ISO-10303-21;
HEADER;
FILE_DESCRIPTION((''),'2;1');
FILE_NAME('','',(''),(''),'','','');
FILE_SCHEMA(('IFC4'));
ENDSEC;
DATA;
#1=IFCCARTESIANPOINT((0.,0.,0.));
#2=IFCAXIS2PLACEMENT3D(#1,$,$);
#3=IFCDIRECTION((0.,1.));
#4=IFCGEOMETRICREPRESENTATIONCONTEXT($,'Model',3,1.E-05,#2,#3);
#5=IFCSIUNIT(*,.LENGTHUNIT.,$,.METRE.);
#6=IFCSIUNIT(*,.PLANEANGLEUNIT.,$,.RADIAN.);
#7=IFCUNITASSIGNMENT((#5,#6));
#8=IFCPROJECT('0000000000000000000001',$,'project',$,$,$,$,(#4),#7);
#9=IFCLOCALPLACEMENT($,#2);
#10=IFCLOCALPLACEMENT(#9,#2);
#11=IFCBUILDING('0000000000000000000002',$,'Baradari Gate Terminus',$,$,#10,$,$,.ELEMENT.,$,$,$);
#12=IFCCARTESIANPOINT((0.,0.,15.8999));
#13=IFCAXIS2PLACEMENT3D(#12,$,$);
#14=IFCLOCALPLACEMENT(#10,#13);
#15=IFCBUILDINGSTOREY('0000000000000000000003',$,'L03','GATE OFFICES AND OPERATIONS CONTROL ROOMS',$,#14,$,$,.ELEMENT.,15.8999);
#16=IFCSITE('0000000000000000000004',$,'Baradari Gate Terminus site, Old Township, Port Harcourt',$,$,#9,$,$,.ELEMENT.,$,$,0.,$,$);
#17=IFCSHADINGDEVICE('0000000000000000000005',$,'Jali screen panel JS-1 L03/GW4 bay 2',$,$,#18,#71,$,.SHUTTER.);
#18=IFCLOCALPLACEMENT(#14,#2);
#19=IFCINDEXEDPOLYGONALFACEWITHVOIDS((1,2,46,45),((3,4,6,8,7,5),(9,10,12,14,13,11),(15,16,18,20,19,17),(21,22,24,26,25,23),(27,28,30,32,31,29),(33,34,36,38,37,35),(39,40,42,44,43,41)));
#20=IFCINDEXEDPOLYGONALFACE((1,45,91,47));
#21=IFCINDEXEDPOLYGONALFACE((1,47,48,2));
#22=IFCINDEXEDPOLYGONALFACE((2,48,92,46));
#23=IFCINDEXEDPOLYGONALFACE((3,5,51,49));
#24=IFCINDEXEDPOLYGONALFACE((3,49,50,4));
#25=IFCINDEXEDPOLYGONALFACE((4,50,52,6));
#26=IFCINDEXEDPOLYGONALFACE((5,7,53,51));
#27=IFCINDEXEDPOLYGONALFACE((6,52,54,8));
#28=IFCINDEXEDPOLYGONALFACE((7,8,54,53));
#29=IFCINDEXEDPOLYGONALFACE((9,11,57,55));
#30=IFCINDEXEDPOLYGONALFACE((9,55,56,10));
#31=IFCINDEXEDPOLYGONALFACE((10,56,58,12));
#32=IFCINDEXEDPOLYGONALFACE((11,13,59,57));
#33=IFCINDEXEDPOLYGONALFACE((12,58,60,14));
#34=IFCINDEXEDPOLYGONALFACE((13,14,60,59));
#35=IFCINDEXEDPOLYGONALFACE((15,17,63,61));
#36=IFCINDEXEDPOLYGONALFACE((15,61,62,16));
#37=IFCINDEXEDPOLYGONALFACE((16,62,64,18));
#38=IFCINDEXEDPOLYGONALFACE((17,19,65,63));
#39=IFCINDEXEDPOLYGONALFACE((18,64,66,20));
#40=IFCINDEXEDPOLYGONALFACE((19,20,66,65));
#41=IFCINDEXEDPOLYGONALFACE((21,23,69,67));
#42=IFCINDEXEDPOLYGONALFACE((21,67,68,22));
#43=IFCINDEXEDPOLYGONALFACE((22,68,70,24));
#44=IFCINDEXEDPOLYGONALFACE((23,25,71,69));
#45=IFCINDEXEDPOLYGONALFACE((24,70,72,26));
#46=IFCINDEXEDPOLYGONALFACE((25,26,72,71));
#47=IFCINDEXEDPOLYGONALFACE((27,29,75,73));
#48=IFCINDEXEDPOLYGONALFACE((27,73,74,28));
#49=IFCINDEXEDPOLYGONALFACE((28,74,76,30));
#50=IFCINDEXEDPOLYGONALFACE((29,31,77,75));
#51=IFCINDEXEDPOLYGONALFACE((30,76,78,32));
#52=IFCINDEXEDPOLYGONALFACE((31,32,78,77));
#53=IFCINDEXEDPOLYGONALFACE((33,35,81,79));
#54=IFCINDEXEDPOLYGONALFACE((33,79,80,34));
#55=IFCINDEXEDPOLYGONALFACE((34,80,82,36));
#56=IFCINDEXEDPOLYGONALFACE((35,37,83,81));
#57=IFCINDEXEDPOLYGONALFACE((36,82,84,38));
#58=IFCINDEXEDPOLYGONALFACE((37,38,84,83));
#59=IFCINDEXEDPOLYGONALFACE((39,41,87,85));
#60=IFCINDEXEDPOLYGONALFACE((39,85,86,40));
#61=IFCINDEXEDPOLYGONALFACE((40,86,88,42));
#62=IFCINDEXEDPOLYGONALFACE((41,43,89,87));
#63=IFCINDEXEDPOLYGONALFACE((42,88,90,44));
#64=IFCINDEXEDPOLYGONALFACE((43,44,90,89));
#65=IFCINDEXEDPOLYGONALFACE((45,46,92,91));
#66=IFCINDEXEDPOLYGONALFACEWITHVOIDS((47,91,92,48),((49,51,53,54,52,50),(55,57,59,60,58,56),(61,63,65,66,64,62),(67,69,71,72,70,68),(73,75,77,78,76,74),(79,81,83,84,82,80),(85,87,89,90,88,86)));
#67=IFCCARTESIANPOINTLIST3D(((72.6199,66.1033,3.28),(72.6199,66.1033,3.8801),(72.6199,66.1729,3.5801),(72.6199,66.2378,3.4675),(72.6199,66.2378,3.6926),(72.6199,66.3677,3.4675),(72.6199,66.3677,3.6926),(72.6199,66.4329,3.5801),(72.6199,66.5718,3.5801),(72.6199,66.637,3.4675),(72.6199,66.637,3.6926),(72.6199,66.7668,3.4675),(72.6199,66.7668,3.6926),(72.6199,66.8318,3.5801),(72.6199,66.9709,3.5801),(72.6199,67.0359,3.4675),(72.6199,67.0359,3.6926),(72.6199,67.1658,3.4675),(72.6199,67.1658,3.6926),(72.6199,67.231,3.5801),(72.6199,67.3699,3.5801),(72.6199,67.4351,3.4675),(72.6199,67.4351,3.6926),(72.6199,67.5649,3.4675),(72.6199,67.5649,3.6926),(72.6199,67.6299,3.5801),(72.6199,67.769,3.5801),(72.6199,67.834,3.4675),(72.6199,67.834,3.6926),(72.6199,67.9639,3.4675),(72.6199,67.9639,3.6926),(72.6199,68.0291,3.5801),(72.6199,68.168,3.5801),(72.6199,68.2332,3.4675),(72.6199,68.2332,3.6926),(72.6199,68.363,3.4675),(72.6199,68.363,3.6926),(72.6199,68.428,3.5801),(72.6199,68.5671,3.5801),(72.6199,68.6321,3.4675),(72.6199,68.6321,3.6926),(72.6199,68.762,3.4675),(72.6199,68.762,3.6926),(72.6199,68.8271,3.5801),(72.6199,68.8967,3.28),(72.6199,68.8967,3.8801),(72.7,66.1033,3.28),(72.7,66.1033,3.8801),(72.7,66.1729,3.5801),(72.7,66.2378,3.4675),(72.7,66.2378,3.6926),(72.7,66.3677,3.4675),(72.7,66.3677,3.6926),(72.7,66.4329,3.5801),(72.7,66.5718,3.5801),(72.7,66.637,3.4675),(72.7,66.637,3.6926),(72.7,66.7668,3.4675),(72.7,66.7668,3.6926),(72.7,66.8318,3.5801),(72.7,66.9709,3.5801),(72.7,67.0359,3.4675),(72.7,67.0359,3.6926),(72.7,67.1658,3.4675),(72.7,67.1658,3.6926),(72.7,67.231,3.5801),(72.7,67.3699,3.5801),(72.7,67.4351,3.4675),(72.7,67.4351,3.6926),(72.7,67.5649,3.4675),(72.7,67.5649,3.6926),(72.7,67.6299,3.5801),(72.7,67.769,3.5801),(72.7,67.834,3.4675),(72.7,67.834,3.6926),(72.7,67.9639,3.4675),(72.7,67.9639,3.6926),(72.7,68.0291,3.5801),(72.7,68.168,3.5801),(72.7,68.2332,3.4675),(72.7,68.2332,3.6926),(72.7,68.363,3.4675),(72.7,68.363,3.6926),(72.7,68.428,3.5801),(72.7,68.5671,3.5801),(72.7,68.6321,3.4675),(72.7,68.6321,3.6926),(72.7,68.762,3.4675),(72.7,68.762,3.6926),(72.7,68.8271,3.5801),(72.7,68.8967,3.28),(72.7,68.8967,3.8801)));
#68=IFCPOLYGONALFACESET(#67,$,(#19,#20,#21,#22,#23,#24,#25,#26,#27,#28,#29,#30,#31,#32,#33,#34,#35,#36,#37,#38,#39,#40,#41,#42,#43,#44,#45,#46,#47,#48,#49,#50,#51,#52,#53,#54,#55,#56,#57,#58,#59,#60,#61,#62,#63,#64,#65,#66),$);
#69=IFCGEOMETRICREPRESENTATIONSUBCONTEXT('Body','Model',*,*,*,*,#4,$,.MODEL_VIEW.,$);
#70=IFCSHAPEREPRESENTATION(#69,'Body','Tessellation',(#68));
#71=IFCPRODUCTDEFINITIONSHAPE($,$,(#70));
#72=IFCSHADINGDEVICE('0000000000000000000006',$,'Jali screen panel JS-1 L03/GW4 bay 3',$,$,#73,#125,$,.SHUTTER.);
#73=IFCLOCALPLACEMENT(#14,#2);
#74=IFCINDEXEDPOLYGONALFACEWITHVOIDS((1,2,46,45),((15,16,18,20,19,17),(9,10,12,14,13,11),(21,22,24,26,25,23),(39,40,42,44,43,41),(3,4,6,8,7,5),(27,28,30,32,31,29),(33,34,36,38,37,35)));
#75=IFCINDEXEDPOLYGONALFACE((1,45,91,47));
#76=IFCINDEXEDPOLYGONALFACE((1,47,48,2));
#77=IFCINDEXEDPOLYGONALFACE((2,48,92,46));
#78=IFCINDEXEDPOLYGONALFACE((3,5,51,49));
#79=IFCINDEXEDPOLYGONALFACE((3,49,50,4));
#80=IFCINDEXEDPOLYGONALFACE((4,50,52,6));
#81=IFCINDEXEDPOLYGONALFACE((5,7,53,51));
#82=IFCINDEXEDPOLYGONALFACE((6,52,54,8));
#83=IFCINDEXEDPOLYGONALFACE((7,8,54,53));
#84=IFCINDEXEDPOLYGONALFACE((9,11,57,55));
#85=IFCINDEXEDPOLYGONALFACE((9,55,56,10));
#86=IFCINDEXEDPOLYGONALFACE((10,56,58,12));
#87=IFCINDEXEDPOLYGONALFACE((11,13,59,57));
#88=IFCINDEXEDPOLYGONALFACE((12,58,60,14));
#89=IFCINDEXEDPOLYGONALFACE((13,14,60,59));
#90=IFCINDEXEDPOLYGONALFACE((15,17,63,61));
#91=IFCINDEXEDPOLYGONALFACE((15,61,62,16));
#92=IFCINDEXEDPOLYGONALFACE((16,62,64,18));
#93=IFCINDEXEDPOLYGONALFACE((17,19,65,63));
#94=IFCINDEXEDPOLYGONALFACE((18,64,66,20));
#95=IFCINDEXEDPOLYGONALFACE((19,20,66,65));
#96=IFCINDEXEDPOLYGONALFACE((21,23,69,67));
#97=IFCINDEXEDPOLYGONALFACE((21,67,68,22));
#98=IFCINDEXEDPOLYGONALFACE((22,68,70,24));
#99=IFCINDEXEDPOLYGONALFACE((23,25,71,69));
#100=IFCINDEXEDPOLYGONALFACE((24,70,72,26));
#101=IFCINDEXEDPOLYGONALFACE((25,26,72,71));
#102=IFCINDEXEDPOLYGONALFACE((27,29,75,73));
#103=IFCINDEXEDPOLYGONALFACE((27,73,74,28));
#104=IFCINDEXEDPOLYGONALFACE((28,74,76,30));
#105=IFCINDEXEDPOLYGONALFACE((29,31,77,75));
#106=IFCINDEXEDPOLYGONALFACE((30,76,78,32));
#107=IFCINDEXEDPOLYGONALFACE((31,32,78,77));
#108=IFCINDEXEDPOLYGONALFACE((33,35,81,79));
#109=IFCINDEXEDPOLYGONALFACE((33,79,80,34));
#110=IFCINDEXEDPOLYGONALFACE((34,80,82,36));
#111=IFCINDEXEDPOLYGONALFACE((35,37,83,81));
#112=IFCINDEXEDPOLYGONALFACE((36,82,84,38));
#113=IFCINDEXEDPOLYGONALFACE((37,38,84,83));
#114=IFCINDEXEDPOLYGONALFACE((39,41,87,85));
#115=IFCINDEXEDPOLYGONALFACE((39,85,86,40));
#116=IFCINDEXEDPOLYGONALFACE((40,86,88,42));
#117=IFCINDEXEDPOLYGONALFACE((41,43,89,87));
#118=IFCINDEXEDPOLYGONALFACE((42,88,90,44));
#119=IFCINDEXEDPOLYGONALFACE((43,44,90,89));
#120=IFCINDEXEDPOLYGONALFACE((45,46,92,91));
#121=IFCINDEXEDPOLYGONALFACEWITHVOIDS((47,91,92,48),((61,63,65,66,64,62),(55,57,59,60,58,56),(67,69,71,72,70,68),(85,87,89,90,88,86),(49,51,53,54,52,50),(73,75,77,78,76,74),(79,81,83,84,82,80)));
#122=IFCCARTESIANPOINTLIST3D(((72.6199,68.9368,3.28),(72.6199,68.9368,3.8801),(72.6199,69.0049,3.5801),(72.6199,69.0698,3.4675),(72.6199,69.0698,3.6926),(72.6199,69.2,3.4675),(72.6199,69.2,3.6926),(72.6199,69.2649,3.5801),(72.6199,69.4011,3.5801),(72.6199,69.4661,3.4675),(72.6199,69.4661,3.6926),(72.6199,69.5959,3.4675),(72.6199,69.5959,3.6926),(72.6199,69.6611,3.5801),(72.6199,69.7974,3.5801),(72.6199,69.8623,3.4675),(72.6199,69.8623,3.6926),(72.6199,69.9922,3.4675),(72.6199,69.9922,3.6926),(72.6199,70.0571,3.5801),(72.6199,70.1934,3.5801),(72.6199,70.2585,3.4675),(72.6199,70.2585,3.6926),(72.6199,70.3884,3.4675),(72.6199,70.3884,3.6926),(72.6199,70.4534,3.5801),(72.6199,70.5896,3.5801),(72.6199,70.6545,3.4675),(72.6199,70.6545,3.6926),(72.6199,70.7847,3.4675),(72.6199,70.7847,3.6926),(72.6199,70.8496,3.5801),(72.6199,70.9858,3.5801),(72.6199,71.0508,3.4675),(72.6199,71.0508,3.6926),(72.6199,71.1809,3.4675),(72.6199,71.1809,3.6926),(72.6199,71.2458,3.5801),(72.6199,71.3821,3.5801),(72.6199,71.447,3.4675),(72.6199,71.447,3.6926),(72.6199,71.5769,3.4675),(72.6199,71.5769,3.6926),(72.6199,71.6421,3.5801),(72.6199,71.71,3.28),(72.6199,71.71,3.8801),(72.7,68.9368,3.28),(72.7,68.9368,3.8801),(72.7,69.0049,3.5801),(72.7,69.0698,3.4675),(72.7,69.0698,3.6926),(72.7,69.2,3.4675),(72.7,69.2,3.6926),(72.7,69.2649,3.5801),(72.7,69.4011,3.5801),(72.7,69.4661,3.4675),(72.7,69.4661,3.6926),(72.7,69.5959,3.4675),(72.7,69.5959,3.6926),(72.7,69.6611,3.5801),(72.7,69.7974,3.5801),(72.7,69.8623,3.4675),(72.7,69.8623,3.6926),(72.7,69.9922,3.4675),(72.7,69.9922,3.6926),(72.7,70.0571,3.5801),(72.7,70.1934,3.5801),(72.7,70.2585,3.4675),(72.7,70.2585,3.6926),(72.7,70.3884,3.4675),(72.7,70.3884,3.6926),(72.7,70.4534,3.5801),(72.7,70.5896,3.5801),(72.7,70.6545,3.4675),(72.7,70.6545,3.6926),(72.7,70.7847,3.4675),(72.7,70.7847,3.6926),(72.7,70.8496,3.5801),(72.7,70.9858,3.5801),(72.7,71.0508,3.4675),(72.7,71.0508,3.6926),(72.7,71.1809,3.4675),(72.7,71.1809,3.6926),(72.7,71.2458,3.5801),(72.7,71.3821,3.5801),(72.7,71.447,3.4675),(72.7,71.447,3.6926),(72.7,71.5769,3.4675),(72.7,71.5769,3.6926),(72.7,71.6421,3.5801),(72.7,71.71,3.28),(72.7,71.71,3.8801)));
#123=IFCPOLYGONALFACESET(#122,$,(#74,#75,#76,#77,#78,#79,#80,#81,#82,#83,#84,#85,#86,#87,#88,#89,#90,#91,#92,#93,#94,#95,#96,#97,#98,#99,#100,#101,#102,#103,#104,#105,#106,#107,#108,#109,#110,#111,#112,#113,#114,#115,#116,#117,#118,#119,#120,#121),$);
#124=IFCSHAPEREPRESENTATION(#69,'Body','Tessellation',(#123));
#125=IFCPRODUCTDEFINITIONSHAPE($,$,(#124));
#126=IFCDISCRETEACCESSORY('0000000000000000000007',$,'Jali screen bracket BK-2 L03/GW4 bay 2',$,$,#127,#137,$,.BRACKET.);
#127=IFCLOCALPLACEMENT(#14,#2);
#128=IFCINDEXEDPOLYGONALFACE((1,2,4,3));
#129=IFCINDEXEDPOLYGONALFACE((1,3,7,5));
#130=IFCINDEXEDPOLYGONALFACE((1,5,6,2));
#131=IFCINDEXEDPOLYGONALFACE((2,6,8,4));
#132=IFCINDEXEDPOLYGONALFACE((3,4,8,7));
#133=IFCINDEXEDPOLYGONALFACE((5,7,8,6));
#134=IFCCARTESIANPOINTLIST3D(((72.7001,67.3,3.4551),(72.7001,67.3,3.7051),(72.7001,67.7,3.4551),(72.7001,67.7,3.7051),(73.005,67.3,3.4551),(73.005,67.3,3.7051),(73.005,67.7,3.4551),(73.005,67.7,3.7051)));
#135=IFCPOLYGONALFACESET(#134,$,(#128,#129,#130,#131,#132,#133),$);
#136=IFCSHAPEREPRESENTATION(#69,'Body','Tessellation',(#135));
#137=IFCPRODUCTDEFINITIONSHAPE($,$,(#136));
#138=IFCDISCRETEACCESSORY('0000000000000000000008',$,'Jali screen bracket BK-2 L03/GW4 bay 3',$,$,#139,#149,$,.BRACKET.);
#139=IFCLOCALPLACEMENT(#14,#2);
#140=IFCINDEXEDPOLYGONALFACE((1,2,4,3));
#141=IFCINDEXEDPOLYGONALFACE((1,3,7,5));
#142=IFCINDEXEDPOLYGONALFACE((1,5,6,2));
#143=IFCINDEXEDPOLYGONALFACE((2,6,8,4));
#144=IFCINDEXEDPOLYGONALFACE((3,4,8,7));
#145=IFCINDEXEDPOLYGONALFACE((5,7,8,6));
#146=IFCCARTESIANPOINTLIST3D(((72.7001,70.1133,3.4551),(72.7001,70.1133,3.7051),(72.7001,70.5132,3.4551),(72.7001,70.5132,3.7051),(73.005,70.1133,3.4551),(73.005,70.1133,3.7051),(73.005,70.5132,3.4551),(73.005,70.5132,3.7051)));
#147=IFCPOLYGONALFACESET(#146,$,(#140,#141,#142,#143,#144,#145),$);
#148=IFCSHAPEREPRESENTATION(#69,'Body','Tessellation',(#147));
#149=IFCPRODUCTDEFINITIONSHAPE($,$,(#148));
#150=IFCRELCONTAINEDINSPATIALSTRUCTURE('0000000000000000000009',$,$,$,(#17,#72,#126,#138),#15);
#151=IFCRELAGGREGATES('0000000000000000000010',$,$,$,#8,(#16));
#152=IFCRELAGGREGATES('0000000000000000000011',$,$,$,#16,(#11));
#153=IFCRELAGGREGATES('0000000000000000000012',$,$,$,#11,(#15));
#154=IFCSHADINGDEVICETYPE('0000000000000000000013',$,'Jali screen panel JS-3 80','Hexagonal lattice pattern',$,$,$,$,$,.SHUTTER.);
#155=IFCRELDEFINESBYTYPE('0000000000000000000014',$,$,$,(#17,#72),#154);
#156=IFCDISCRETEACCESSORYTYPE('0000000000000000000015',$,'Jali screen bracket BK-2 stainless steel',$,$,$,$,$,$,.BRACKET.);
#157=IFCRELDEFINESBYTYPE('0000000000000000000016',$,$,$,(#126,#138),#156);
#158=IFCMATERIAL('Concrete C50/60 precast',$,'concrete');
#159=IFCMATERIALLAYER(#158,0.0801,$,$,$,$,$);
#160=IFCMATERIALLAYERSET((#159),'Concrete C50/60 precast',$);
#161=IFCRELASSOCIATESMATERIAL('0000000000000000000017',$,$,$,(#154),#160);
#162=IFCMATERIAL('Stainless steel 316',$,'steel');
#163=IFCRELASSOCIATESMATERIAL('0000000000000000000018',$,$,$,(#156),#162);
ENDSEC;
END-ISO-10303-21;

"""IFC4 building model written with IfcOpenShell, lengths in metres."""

from ifc_helpers import new_model, si_unit, direction, frame, origin, origin_2d, place, context, subcontext, project, spatial, polyline, rectangle, outline, extrude, material, layer, layer_set, type_object, element, save


model = new_model("IFC4")

# Units and contexts
model_context = context("Model", 3, precision=1e-05, world=origin(), true_north=direction((0.0, 1.0)))
body_context = subcontext(model_context, "Body", "Model", "MODEL_VIEW")
ifc_project = project(units=[si_unit("LENGTHUNIT", "METRE"), si_unit("PLANEANGLEUNIT", "RADIAN")], contexts=[model_context])

# Site, building, storey
site_placement = place(None, origin())
site = spatial("IfcSite", under=ifc_project, at=site_placement, Name="Baradari Gate Terminus site, Old Township, Port Harcourt", CompositionType="ELEMENT", RefElevation=0.0)
building_placement = place(site_placement, origin())
building = spatial("IfcBuilding", under=site, at=building_placement, Name="Baradari Gate Terminus", CompositionType="ELEMENT")
storey_placement = place(building_placement, frame((0.0, 0.0, 15.8999)))
storey = spatial("IfcBuildingStorey", under=building, at=storey_placement, Name="L03", Description="GATE OFFICES AND OPERATIONS CONTROL ROOMS", CompositionType="ELEMENT", Elevation=15.8999)

# Shading devices
ifc_material_1 = material(Name="Concrete C50/60 precast", Category="concrete")
ifc_layer_1 = layer(ifc_material_1, 0.0801)
ifc_layer_set_1 = layer_set([ifc_layer_1], Name="Concrete C50/60 precast")
shading_device_type = type_object("IfcShadingDeviceType", Name="Jali screen panel JS-3 80", Description="Hexagonal lattice pattern", PredefinedType="SHUTTER", material=ifc_layer_set_1)
shading_device_1_placement = place(storey_placement, frame((72.6599, 66.1033, 3.28), z_axis=(0.0, 0.0, 1.0), x_axis=(0.0, 1.0, 0.0)))
element("IfcShadingDevice", 1, at=shading_device_1_placement, inside=storey, type_object=shading_device_type, Name="Jali screen panel JS-1 L03/GW4 bay 2", PredefinedType="SHUTTER", context=body_context, shape_type="SweptSolid", body=[
    extrude(outline(polyline([(0.0, 0.0), (2.7935, 0.0), (2.7935, 0.6001), (0.0, 0.6001), (0.0, 0.0)]), holes=[polyline([(0.3296, 0.3), (0.2644, 0.1875), (0.1345, 0.1875), (0.0696, 0.3), (0.1345, 0.4126), (0.2644, 0.4126), (0.3296, 0.3)]), polyline([(0.7285, 0.3), (0.6636, 0.1875), (0.5337, 0.1875), (0.4685, 0.3), (0.5337, 0.4126), (0.6636, 0.4126), (0.7285, 0.3)]), polyline([(1.1277, 0.3), (1.0625, 0.1875), (0.9326, 0.1875), (0.8677, 0.3), (0.9326, 0.4126), (1.0625, 0.4126), (1.1277, 0.3)]), polyline([(1.5266, 0.3), (1.4617, 0.1875), (1.3318, 0.1875), (1.2666, 0.3), (1.3318, 0.4126), (1.4617, 0.4126), (1.5266, 0.3)]), polyline([(1.9258, 0.3), (1.8606, 0.1875), (1.7307, 0.1875), (1.6658, 0.3), (1.7307, 0.4126), (1.8606, 0.4126), (1.9258, 0.3)]), polyline([(2.3247, 0.3), (2.2598, 0.1875), (2.1299, 0.1875), (2.0647, 0.3), (2.1299, 0.4126), (2.2598, 0.4126), (2.3247, 0.3)]), polyline([(2.7239, 0.3), (2.6587, 0.1875), (2.5288, 0.1875), (2.4639, 0.3), (2.5288, 0.4126), (2.6587, 0.4126), (2.7239, 0.3)])]), frame((0.0, 0.04, 0.0), z_axis=(0.0, -1.0, 0.0), x_axis=(1.0, 0.0, 0.0)), (0.0, 0.0, 1.0), 0.0801),
])
shading_device_2_placement = place(storey_placement, frame((72.6599, 68.9368, 3.28), z_axis=(0.0, 0.0, 1.0), x_axis=(0.0, 1.0, 0.0)))
element("IfcShadingDevice", 2, at=shading_device_2_placement, inside=storey, type_object=shading_device_type, Name="Jali screen panel JS-1 L03/GW4 bay 3", PredefinedType="SHUTTER", context=body_context, shape_type="SweptSolid", body=[
    extrude(outline(polyline([(0.0, 0.0), (2.7732, 0.0), (2.7732, 0.6001), (0.0, 0.6001), (0.0, 0.0)]), holes=[polyline([(0.3281, 0.3), (0.2632, 0.1875), (0.1331, 0.1875), (0.0681, 0.3), (0.1331, 0.4126), (0.2632, 0.4126), (0.3281, 0.3)]), polyline([(0.7244, 0.3), (0.6592, 0.1875), (0.5293, 0.1875), (0.4644, 0.3), (0.5293, 0.4126), (0.6592, 0.4126), (0.7244, 0.3)]), polyline([(1.1204, 0.3), (1.0554, 0.1875), (0.9255, 0.1875), (0.8606, 0.3), (0.9255, 0.4126), (1.0554, 0.4126), (1.1204, 0.3)]), polyline([(1.5166, 0.3), (1.4517, 0.1875), (1.3218, 0.1875), (1.2566, 0.3), (1.3218, 0.4126), (1.4517, 0.4126), (1.5166, 0.3)]), polyline([(1.9128, 0.3), (1.8479, 0.1875), (1.7178, 0.1875), (1.6528, 0.3), (1.7178, 0.4126), (1.8479, 0.4126), (1.9128, 0.3)]), polyline([(2.3091, 0.3), (2.2441, 0.1875), (2.114, 0.1875), (2.0491, 0.3), (2.114, 0.4126), (2.2441, 0.4126), (2.3091, 0.3)]), polyline([(2.7053, 0.3), (2.6401, 0.1875), (2.5103, 0.1875), (2.4453, 0.3), (2.5103, 0.4126), (2.6401, 0.4126), (2.7053, 0.3)])]), frame((0.0, 0.04, 0.0), z_axis=(0.0, -1.0, 0.0), x_axis=(1.0, 0.0, 0.0)), (0.0, 0.0, 1.0), 0.0801),
])

# Discrete accessories
ifc_material_2 = material(Name="Stainless steel 316", Category="steel")
discrete_accessory_type = type_object("IfcDiscreteAccessoryType", Name="Jali screen bracket BK-2 stainless steel", PredefinedType="BRACKET", material=ifc_material_2)
for number, where, z_axis, x_axis, name in (
    (3, (72.8525, 67.5, 3.4551), (0.0, 0.0, 1.0), (-1.0, 0.0, 0.0), "Jali screen bracket BK-2 L03/GW4 bay 2"),
    (4, (72.8525, 70.3132, 3.4551), (0.0, 0.0, 1.0), (-1.0, 0.0, 0.0), "Jali screen bracket BK-2 L03/GW4 bay 3"),
):
    element("IfcDiscreteAccessory", number, at=place(storey_placement, frame(where, z_axis=z_axis, x_axis=x_axis)), inside=storey, type_object=discrete_accessory_type, Name=name, PredefinedType="BRACKET", context=body_context, shape_type="SweptSolid", body=[
        extrude(rectangle(XDim=0.3049, YDim=0.3999, at=origin_2d()), origin(), (0.0, 0.0, 1.0), 0.25),
    ])

save(model, "model.ifc")
